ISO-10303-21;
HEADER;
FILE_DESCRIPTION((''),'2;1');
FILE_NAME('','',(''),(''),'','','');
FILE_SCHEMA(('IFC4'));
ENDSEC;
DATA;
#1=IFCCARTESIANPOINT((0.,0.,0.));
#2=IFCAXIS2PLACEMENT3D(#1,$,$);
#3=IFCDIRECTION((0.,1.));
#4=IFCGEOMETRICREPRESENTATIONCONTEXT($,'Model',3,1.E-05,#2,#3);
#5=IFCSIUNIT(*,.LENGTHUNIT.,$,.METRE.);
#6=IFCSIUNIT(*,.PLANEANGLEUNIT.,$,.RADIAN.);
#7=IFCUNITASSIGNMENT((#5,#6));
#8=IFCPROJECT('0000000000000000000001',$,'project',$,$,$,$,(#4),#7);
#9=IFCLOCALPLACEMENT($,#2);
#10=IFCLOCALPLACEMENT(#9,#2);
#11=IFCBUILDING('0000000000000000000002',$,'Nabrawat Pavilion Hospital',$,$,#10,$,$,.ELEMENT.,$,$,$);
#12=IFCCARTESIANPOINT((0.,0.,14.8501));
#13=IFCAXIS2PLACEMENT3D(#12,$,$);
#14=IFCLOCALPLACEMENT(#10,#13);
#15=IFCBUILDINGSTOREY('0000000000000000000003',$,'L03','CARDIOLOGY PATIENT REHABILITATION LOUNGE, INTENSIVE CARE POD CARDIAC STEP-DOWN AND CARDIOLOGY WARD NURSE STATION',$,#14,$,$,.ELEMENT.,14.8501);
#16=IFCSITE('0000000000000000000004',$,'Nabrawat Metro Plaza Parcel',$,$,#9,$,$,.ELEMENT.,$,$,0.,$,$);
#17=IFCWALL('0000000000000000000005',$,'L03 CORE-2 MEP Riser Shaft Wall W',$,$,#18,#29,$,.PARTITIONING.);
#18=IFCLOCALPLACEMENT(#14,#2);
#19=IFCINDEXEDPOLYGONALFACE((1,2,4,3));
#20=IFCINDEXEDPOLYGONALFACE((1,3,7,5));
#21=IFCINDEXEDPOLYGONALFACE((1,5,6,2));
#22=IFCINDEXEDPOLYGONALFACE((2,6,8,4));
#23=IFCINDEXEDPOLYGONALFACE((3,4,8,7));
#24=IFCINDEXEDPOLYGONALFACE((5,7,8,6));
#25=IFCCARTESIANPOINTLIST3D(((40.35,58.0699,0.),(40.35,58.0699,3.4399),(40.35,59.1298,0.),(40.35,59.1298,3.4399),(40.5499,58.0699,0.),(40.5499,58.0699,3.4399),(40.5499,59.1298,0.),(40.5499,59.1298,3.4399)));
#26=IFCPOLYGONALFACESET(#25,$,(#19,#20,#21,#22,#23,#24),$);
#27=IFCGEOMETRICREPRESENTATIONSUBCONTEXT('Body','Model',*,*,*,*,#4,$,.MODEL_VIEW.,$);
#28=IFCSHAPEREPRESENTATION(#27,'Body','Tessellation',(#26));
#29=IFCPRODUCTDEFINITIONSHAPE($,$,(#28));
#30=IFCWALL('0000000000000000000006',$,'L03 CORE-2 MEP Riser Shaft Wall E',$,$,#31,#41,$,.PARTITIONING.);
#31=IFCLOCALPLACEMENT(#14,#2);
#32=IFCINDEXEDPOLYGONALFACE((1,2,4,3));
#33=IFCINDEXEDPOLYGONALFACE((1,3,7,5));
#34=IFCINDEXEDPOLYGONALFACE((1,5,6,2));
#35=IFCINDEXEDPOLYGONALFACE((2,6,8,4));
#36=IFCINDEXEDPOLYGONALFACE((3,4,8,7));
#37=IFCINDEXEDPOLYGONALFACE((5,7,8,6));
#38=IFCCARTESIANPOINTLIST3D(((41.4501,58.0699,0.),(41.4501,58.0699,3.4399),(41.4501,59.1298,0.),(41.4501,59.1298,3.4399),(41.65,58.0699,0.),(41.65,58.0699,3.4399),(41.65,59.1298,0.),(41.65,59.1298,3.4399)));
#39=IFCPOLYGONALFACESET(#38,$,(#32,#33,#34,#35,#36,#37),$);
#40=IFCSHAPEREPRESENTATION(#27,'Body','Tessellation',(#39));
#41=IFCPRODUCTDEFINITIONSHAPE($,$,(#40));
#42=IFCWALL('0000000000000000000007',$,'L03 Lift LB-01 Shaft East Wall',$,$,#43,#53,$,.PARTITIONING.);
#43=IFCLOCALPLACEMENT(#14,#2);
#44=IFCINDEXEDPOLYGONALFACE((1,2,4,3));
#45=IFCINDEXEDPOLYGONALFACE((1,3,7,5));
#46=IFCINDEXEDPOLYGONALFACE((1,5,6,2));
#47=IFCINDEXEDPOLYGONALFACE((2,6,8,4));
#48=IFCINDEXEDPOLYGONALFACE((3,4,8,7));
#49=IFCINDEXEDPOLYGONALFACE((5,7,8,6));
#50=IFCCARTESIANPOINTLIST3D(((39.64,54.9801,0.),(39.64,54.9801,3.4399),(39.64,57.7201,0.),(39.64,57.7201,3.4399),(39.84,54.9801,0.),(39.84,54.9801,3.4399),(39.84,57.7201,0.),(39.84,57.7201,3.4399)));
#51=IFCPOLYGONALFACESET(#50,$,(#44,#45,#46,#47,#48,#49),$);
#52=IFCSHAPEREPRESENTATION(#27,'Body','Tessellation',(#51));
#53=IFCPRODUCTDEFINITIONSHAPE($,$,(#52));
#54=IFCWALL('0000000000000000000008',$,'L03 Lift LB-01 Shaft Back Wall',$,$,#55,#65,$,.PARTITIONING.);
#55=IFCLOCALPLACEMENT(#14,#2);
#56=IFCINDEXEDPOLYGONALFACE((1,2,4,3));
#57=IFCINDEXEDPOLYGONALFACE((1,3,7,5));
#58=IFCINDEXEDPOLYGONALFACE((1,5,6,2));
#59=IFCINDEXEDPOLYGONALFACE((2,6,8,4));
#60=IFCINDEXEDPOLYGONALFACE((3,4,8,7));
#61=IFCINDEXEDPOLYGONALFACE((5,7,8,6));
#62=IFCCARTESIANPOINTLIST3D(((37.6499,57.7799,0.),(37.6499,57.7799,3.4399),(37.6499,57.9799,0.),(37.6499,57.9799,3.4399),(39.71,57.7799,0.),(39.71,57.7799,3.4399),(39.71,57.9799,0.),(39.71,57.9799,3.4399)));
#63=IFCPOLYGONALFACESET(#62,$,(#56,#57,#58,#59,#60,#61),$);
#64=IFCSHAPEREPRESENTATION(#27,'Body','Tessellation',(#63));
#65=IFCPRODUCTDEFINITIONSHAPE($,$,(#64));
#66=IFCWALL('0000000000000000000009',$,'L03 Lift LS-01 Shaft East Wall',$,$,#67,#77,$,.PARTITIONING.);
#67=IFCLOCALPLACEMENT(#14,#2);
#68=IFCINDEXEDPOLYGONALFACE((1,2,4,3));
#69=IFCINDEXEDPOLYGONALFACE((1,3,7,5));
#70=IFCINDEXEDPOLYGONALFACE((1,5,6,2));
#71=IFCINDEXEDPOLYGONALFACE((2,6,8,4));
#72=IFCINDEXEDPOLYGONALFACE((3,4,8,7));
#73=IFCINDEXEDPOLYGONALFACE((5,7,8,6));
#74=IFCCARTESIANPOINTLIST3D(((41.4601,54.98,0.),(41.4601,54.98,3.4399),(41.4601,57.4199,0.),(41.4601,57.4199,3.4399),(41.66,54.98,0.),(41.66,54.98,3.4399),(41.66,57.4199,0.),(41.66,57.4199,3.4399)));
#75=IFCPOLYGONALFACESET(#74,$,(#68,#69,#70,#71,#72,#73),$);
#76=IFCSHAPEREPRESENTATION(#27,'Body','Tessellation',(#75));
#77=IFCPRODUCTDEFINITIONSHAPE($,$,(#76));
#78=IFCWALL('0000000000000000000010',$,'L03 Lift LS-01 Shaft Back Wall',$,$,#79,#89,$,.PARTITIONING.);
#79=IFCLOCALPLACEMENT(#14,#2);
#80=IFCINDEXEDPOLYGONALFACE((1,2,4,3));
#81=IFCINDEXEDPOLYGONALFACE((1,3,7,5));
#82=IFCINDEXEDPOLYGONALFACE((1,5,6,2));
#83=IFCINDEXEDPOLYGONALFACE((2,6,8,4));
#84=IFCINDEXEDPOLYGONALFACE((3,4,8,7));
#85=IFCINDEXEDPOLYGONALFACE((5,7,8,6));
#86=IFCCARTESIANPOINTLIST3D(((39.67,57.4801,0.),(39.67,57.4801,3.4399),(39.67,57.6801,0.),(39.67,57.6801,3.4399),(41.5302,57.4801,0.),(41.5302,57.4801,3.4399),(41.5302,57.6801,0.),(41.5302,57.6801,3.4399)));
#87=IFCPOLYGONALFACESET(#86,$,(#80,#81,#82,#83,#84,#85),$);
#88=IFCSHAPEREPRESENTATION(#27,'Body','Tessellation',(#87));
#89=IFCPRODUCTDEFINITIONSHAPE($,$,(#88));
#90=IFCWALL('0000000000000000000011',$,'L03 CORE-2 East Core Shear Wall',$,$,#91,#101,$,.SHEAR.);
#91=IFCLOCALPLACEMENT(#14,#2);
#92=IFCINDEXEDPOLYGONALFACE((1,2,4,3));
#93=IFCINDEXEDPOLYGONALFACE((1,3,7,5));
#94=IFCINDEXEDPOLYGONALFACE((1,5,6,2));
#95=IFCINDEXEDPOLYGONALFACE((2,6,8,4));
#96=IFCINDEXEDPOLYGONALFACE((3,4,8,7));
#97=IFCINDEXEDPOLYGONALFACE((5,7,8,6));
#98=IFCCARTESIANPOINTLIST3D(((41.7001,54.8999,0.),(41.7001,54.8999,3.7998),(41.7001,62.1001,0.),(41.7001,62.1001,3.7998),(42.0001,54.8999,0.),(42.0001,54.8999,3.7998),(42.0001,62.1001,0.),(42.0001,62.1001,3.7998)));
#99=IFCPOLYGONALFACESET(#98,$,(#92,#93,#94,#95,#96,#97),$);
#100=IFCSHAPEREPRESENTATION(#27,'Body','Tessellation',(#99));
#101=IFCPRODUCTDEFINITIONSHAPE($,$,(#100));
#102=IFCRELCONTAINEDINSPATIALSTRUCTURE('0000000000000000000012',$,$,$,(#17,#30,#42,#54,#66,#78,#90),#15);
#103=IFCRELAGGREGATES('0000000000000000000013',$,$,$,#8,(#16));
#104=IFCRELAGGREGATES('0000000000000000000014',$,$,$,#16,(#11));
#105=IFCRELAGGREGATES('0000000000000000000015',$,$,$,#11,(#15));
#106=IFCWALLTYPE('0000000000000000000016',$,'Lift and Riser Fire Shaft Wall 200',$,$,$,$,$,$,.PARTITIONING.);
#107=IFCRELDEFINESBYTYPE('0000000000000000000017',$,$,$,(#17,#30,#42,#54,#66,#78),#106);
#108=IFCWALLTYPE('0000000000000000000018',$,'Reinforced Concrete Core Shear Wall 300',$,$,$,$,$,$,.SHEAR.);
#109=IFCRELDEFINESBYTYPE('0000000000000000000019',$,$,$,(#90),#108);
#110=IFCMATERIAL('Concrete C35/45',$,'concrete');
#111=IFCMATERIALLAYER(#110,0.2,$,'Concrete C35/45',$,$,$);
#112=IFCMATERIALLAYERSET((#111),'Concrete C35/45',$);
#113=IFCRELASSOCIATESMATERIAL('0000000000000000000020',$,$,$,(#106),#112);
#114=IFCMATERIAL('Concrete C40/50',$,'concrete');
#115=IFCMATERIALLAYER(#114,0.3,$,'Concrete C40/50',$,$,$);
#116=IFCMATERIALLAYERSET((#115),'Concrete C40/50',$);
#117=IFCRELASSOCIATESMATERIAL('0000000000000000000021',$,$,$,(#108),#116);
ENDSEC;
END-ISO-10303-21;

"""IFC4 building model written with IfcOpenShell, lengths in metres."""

from ifc_helpers import new_model, si_unit, direction, frame, frame_2d, origin, place, context, subcontext, project, spatial, rectangle, extrude, material, layer, layer_set, type_object, element, save


model = new_model("IFC4")

# Units and contexts
model_context = context("Model", 3, precision=1e-05, world=origin(), true_north=direction((0.0, 1.0)))
body_context = subcontext(model_context, "Body", "Model", "MODEL_VIEW")
ifc_project = project(units=[si_unit("LENGTHUNIT", "METRE"), si_unit("PLANEANGLEUNIT", "RADIAN")], contexts=[model_context])

# Site, building, storey
site_placement = place(None, origin())
site = spatial("IfcSite", under=ifc_project, at=site_placement, Name="Nabrawat Metro Plaza Parcel", CompositionType="ELEMENT", RefElevation=0.0)
building_placement = place(site_placement, origin())
building = spatial("IfcBuilding", under=site, at=building_placement, Name="Nabrawat Pavilion Hospital", CompositionType="ELEMENT")
storey_placement = place(building_placement, frame((0.0, 0.0, 14.8501)))
storey = spatial("IfcBuildingStorey", under=building, at=storey_placement, Name="L03", Description="CARDIOLOGY PATIENT REHABILITATION LOUNGE, INTENSIVE CARE POD CARDIAC STEP-DOWN AND CARDIOLOGY WARD NURSE STATION", CompositionType="ELEMENT", Elevation=14.8501)

# Walls
ifc_material_1 = material(Name="Concrete C35/45", Category="concrete")
ifc_layer_1 = layer(ifc_material_1, 0.2, Name="Concrete C35/45")
ifc_layer_set_1 = layer_set([ifc_layer_1], Name="Concrete C35/45")
wall_type_1 = type_object("IfcWallType", Name="Lift and Riser Fire Shaft Wall 200", PredefinedType="PARTITIONING", material=ifc_layer_set_1)
for number, where, z_axis, x_axis, name in (
    (1, (40.45, 58.0701, 0.0), (0.0, 0.0, 1.0), (0.0, 1.0, 0.0), "L03 CORE-2 MEP Riser Shaft Wall W"),
    (2, (41.55, 58.0701, 0.0), (0.0, 0.0, 1.0), (0.0, 1.0, 0.0), "L03 CORE-2 MEP Riser Shaft Wall E"),
):
    element("IfcWall", number, at=place(storey_placement, frame(where, z_axis=z_axis, x_axis=x_axis)), inside=storey, type_object=wall_type_1, Name=name, PredefinedType="PARTITIONING", context=body_context, shape_type="SweptSolid", body=[
        extrude(rectangle(XDim=1.0598, YDim=0.2, at=frame_2d((0.5298, 0.0))), origin(), (0.0, 0.0, 1.0), 3.4399),
    ])
wall_1_placement = place(storey_placement, frame((39.74, 54.98, 0.0), z_axis=(0.0, 0.0, 1.0), x_axis=(0.0, 1.0, 0.0)))
element("IfcWall", 3, at=wall_1_placement, inside=storey, type_object=wall_type_1, Name="L03 Lift LB-01 Shaft East Wall", PredefinedType="PARTITIONING", context=body_context, shape_type="SweptSolid", body=[
    extrude(rectangle(XDim=2.74, YDim=0.2, at=frame_2d((1.3701, 0.0))), origin(), (0.0, 0.0, 1.0), 3.4399),
])
wall_2_placement = place(storey_placement, frame((37.6499, 57.8799, 0.0), z_axis=(0.0, 0.0, 1.0), x_axis=(1.0, 0.0, 0.0)))
element("IfcWall", 4, at=wall_2_placement, inside=storey, type_object=wall_type_1, Name="L03 Lift LB-01 Shaft Back Wall", PredefinedType="PARTITIONING", context=body_context, shape_type="SweptSolid", body=[
    extrude(rectangle(XDim=2.0601, YDim=0.2, at=frame_2d((1.03, 0.0))), origin(), (0.0, 0.0, 1.0), 3.4399),
])
wall_3_placement = place(storey_placement, frame((41.5601, 54.98, 0.0), z_axis=(0.0, 0.0, 1.0), x_axis=(0.0, 1.0, 0.0)))
element("IfcWall", 5, at=wall_3_placement, inside=storey, type_object=wall_type_1, Name="L03 Lift LS-01 Shaft East Wall", PredefinedType="PARTITIONING", context=body_context, shape_type="SweptSolid", body=[
    extrude(rectangle(XDim=2.4399, YDim=0.2, at=frame_2d((1.22, 0.0))), origin(), (0.0, 0.0, 1.0), 3.4399),
])
wall_4_placement = place(storey_placement, frame((39.6699, 57.5801, 0.0), z_axis=(0.0, 0.0, 1.0), x_axis=(1.0, 0.0, 0.0)))
element("IfcWall", 6, at=wall_4_placement, inside=storey, type_object=wall_type_1, Name="L03 Lift LS-01 Shaft Back Wall", PredefinedType="PARTITIONING", context=body_context, shape_type="SweptSolid", body=[
    extrude(rectangle(XDim=1.8601, YDim=0.2, at=frame_2d((0.9302, 0.0))), origin(), (0.0, 0.0, 1.0), 3.4399),
])
ifc_material_2 = material(Name="Concrete C40/50", Category="concrete")
ifc_layer_2 = layer(ifc_material_2, 0.3, Name="Concrete C40/50")
ifc_layer_set_2 = layer_set([ifc_layer_2], Name="Concrete C40/50")
wall_type_2 = type_object("IfcWallType", Name="Reinforced Concrete Core Shear Wall 300", PredefinedType="SHEAR", material=ifc_layer_set_2)
wall_5_placement = place(storey_placement, frame((41.8501, 54.8999, 0.0), z_axis=(0.0, 0.0, 1.0), x_axis=(0.0, 1.0, 0.0)))
element("IfcWall", 7, at=wall_5_placement, inside=storey, type_object=wall_type_2, Name="L03 CORE-2 East Core Shear Wall", PredefinedType="SHEAR", context=body_context, shape_type="SweptSolid", body=[
    extrude(rectangle(XDim=7.2002, YDim=0.3, at=frame_2d((3.6001, 0.0))), origin(), (0.0, 0.0, 1.0), 3.7998),
])

save(model, "model.ifc")
